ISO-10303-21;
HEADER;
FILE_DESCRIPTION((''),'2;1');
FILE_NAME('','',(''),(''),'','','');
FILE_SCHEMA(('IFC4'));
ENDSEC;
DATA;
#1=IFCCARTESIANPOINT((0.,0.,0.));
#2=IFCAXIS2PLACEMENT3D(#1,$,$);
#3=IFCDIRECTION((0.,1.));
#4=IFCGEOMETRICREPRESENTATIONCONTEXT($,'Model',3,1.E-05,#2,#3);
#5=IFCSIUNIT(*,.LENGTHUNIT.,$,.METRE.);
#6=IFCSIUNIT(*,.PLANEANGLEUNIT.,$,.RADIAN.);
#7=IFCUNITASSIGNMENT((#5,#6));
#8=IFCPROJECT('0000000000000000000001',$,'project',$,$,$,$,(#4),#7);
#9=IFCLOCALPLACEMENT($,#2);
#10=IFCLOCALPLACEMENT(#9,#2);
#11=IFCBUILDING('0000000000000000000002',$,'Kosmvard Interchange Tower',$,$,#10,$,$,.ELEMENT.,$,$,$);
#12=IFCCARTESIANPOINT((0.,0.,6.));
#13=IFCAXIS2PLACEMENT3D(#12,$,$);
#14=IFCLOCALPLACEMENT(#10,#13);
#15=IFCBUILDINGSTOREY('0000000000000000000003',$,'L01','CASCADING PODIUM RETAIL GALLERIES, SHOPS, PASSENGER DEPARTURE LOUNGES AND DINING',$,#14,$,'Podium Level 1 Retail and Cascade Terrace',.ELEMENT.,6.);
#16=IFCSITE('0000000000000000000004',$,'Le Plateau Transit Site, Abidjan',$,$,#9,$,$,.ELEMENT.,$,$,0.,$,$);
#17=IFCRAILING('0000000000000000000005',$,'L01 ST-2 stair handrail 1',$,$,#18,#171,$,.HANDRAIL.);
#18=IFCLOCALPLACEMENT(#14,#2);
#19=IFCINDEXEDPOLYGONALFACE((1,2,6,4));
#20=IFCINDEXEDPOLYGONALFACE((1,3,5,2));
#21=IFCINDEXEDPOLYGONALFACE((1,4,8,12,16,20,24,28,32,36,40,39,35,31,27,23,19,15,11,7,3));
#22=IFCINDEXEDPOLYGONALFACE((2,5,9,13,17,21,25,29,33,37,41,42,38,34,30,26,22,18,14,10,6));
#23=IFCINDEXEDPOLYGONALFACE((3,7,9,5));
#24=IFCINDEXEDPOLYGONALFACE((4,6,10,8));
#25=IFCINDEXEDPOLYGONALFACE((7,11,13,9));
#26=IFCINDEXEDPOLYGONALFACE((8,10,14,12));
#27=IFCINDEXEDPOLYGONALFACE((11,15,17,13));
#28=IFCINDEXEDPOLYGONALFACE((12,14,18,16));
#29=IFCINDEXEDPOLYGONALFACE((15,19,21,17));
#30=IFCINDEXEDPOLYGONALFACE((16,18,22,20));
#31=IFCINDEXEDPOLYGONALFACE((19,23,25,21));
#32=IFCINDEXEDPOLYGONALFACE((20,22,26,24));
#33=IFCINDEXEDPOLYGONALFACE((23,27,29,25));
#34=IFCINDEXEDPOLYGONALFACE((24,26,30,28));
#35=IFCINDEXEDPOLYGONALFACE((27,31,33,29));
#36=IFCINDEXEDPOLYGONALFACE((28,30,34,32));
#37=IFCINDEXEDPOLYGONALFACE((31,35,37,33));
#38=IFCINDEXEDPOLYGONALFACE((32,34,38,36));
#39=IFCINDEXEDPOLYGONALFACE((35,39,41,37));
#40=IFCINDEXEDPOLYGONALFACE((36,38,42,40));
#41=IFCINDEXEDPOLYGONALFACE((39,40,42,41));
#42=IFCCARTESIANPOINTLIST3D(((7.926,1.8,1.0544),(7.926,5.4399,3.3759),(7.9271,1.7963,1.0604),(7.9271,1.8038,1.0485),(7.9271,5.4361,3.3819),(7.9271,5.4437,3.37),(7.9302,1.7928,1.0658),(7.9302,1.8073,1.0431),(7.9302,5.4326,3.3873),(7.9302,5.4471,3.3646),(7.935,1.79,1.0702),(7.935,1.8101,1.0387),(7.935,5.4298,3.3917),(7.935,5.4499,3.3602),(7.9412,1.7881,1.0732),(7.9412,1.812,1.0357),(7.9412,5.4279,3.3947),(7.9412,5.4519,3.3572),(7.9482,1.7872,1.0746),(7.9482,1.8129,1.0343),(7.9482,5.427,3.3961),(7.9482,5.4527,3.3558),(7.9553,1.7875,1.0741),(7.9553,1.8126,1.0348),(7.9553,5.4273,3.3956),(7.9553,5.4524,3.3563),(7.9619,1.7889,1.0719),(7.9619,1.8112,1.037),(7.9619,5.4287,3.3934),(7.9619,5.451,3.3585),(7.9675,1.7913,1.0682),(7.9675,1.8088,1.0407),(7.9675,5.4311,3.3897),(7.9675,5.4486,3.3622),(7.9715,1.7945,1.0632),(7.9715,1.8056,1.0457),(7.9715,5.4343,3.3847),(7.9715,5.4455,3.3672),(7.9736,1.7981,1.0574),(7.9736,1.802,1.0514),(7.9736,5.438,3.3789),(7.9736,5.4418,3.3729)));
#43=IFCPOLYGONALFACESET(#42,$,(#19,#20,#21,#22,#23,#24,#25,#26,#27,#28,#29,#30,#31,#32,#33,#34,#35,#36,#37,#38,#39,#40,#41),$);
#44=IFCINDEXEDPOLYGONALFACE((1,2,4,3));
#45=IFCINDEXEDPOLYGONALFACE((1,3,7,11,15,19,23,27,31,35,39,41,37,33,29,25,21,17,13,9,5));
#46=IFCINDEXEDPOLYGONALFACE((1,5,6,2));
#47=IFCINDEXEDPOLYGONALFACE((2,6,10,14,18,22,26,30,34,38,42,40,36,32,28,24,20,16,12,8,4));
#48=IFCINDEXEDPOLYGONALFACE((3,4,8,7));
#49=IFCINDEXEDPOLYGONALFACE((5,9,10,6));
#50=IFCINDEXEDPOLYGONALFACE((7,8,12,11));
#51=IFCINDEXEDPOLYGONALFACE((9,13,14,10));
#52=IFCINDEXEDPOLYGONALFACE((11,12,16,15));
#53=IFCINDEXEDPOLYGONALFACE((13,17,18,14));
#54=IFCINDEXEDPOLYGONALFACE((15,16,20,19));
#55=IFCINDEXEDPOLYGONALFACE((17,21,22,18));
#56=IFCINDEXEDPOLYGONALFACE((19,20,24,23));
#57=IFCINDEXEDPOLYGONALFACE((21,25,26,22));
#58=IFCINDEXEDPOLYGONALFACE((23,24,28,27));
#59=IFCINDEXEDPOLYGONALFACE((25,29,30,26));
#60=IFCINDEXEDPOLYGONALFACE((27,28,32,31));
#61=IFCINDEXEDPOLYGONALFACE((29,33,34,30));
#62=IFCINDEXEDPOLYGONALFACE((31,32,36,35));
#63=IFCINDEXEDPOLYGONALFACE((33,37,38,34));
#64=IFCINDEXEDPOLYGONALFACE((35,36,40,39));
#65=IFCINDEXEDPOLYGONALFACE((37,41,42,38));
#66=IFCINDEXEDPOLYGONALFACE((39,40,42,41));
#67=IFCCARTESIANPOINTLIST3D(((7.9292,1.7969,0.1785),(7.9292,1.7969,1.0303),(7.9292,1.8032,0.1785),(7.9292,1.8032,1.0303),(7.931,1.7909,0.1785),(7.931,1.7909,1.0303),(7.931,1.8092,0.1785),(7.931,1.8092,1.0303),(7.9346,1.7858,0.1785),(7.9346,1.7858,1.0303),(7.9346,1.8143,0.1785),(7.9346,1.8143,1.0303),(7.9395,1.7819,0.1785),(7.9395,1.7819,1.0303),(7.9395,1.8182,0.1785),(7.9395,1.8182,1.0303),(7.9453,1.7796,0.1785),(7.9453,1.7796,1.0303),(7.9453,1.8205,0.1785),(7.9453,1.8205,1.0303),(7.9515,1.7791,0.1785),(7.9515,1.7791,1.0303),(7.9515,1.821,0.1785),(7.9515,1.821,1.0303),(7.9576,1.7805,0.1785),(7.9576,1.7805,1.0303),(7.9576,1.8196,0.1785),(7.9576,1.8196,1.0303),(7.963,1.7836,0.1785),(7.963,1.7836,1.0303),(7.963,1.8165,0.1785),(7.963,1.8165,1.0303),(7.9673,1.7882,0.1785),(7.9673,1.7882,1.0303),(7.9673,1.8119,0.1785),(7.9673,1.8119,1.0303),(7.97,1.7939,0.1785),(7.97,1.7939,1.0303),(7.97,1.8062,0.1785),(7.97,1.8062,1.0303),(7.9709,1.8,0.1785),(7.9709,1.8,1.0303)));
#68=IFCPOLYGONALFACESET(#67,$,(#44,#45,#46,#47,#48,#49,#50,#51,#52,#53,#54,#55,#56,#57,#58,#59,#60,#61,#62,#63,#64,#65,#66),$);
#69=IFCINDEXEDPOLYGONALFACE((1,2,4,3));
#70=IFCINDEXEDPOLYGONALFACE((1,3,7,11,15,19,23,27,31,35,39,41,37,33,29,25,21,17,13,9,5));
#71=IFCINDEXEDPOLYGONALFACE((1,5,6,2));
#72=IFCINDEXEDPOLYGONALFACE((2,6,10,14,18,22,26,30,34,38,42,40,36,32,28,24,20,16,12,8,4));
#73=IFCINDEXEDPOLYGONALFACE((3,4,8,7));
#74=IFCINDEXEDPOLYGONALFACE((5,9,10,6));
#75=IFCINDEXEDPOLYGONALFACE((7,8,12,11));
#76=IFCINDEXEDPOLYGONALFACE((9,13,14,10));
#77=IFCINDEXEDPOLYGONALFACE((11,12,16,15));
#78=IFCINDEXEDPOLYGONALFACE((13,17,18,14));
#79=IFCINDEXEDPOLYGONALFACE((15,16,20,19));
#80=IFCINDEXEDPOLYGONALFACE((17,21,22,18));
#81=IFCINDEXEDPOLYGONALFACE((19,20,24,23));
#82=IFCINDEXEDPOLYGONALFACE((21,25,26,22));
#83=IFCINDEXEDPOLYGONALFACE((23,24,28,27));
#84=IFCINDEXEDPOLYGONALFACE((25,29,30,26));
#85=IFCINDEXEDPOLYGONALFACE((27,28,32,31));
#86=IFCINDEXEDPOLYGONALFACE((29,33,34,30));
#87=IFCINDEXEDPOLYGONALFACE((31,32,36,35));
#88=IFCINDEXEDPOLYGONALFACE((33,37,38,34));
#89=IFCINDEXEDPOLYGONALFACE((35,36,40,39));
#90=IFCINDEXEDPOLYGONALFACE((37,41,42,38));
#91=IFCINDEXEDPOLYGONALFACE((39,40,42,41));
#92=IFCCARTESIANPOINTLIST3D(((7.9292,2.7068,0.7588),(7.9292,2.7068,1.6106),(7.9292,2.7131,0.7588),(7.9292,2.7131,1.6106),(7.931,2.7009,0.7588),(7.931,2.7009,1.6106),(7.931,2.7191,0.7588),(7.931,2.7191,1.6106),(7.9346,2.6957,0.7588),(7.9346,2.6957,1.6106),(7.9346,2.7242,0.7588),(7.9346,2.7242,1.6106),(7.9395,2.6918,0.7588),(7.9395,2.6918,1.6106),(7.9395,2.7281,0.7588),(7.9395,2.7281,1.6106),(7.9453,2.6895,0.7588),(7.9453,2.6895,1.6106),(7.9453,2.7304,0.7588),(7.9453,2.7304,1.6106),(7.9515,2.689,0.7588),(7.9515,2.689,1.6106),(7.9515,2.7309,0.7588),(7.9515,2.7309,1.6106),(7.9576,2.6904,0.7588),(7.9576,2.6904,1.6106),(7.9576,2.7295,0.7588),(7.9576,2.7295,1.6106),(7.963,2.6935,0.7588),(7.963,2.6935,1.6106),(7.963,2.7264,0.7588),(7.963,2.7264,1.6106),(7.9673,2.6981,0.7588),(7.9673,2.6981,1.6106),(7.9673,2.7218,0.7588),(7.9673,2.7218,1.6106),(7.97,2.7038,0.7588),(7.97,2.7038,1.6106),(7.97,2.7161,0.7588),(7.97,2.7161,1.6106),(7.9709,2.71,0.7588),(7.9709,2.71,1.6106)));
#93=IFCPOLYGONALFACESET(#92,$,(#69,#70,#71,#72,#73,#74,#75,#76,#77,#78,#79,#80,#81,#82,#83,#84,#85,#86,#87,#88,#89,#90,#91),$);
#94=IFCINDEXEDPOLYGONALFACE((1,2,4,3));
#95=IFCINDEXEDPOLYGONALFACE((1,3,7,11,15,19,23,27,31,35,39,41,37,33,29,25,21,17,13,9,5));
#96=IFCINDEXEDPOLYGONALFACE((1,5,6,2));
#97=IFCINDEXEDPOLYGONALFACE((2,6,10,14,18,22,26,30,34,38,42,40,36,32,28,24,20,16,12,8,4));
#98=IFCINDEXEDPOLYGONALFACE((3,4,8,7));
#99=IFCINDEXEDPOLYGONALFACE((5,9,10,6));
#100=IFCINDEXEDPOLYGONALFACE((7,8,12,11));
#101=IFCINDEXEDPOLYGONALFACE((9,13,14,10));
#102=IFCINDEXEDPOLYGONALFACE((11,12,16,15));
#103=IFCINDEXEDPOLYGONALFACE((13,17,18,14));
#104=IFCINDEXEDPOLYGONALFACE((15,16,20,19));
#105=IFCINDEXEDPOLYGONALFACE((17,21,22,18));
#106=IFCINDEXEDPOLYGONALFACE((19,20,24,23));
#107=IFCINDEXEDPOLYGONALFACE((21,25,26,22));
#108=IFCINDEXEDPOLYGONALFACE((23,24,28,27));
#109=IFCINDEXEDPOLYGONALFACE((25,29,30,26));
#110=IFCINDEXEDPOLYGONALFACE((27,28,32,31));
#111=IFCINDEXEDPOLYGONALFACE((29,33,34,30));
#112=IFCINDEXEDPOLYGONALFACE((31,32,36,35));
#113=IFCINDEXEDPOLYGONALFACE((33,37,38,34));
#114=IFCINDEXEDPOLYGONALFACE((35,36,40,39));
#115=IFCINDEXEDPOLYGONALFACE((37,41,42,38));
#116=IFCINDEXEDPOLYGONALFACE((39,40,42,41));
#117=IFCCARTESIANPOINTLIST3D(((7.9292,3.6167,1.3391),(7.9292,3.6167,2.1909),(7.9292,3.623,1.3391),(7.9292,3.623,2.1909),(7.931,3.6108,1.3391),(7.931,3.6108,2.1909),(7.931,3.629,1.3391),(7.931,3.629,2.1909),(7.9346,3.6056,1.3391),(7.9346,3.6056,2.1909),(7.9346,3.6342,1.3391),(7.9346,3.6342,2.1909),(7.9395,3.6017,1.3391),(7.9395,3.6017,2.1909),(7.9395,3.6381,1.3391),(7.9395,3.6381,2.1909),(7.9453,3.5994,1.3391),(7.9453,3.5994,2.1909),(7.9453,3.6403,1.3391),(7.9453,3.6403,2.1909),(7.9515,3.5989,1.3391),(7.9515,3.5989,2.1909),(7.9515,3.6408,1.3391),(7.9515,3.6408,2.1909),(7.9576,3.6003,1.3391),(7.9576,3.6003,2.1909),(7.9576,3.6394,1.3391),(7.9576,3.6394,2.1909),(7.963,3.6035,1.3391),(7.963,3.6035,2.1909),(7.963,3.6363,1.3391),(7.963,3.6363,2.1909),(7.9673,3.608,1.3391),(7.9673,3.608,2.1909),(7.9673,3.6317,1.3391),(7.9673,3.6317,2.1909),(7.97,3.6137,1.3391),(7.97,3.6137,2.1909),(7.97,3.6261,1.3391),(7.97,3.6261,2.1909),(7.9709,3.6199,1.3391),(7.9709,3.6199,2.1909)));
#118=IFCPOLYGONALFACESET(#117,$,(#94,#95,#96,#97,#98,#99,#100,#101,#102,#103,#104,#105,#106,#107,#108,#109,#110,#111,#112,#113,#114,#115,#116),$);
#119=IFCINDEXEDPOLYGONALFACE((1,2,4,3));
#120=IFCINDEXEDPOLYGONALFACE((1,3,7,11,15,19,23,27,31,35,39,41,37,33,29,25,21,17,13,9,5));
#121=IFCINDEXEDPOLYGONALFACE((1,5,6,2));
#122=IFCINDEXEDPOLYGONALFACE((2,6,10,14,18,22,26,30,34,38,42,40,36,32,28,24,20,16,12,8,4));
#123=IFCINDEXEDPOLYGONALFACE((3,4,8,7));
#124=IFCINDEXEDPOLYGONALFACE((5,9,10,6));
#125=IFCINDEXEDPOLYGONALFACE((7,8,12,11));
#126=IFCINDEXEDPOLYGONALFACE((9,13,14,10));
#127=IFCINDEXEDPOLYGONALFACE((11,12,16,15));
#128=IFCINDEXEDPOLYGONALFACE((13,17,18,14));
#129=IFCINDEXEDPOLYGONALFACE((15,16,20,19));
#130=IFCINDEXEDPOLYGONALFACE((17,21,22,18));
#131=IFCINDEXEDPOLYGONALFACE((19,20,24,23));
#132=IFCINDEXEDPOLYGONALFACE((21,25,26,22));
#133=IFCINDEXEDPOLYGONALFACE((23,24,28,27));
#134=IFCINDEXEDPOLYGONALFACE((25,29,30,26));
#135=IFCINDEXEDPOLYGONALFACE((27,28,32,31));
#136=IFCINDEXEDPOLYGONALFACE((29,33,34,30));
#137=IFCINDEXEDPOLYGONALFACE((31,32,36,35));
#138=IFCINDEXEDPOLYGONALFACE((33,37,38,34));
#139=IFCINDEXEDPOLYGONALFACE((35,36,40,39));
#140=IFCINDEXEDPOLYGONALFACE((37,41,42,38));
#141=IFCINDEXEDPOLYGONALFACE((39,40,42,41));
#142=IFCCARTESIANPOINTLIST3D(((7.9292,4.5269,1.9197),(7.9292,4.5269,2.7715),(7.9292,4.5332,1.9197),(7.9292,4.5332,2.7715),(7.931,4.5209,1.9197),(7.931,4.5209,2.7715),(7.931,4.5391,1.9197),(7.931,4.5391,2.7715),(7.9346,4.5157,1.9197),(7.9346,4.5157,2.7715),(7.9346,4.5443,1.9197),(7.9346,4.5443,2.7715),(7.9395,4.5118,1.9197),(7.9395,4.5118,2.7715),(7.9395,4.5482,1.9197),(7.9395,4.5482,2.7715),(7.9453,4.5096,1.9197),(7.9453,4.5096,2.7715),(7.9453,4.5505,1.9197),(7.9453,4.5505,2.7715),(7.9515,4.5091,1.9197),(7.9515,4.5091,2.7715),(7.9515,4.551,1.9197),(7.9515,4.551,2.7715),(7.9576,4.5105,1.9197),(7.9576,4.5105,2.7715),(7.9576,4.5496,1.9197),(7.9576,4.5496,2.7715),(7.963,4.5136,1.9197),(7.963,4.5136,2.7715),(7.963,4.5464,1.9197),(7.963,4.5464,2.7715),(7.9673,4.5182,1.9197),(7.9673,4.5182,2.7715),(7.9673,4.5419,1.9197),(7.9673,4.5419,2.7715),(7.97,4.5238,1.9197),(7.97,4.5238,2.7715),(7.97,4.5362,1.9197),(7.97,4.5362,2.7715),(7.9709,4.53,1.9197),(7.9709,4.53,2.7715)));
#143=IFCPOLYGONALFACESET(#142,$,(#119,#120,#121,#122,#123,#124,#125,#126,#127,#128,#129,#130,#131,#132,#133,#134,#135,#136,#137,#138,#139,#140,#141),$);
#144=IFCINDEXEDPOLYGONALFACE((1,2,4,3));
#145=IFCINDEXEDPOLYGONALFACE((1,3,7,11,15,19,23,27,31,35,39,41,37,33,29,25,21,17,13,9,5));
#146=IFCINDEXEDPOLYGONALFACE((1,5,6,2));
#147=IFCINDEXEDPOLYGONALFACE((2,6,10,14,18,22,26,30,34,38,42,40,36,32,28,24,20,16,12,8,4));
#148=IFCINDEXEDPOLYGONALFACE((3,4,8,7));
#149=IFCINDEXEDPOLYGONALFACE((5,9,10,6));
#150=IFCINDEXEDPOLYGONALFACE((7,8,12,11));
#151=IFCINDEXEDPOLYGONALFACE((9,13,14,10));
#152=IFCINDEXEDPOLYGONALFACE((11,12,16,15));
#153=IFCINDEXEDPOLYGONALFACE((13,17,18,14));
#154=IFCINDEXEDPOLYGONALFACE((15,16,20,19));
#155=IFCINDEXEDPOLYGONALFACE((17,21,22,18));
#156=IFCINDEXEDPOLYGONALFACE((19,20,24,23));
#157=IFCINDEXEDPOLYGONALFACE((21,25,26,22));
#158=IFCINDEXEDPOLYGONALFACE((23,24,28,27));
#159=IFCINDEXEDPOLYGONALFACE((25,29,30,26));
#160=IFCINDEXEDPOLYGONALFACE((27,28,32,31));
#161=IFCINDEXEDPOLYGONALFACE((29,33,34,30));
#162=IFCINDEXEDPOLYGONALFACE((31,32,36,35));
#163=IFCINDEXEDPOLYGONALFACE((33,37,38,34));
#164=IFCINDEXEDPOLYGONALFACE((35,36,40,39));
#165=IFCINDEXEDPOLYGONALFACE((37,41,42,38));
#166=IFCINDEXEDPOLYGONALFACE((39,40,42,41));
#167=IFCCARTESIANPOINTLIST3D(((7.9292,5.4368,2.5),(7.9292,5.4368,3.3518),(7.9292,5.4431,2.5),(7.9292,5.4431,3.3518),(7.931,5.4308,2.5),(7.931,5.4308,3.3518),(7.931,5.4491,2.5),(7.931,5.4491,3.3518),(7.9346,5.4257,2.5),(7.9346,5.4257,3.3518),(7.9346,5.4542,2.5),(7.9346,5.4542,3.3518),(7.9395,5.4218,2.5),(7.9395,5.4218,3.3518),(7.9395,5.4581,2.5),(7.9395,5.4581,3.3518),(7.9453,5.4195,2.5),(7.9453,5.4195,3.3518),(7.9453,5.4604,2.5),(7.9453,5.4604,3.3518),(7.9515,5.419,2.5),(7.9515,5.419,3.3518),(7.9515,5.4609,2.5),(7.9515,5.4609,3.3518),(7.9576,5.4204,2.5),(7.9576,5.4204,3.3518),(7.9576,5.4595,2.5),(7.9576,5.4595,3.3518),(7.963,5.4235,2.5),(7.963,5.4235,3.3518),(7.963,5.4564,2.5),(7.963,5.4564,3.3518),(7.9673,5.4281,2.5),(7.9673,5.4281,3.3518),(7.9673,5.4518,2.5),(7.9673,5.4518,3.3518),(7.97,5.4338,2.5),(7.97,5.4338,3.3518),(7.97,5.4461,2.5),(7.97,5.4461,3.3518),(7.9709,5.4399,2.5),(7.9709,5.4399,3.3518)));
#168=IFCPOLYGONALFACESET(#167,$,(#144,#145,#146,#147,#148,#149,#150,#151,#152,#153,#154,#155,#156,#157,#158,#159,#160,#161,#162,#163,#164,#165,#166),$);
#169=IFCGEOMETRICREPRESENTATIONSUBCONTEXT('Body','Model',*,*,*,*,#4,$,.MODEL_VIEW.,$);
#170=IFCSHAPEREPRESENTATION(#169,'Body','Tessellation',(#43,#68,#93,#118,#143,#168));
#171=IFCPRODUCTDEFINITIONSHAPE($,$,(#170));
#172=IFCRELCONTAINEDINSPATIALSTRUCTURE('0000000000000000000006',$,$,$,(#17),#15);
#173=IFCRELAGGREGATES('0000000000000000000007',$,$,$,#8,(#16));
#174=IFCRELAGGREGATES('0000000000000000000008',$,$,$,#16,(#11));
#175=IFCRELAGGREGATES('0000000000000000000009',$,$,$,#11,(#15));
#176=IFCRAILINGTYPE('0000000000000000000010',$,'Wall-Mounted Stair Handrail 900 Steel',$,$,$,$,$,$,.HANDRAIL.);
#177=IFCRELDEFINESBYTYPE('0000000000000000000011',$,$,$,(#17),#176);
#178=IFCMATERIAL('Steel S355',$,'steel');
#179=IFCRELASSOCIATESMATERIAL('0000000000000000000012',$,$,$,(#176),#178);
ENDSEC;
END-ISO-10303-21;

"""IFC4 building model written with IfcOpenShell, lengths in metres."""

from ifc_helpers import new_model, si_unit, direction, frame, origin, origin_2d, place, context, subcontext, project, spatial, circle, extrude, source, transform, mapped, material, type_object, element, save


model = new_model("IFC4")

# Units and contexts
model_context = context("Model", 3, precision=1e-05, world=origin(), true_north=direction((0.0, 1.0)))
body_context = subcontext(model_context, "Body", "Model", "MODEL_VIEW")
ifc_project = project(units=[si_unit("LENGTHUNIT", "METRE"), si_unit("PLANEANGLEUNIT", "RADIAN")], contexts=[model_context])

# Site, building, storey
site_placement = place(None, origin())
site = spatial("IfcSite", under=ifc_project, at=site_placement, Name="Le Plateau Transit Site, Abidjan", CompositionType="ELEMENT", RefElevation=0.0)
building_placement = place(site_placement, origin())
building = spatial("IfcBuilding", under=site, at=building_placement, Name="Kosmvard Interchange Tower", CompositionType="ELEMENT")
storey_placement = place(building_placement, frame((0.0, 0.0, 6.0)))
storey = spatial("IfcBuildingStorey", under=building, at=storey_placement, Name="L01", Description="CASCADING PODIUM RETAIL GALLERIES, SHOPS, PASSENGER DEPARTURE LOUNGES AND DINING", LongName="Podium Level 1 Retail and Cascade Terrace", CompositionType="ELEMENT", Elevation=6.0)

# Shared definitions
ifc_material_1 = material(Name="Steel S355", Category="steel")

# Railing
railing_type_1 = type_object("IfcRailingType", Name="Wall-Mounted Stair Handrail 900 Steel", PredefinedType="HANDRAIL", material=ifc_material_1)
shared_shape_1 = source(origin(), body_context, "Body", "SweptSolid", [
    extrude(circle(Radius=0.0239, at=origin_2d()), frame((0.0, 0.0, 0.876), z_axis=(0.0, 0.843112, 0.537739), x_axis=(-1.0, 0.0, 0.0)), (0.0, 0.0, 1.0), 4.3171),
    extrude(circle(Radius=0.021, at=origin_2d()), origin(), (0.0, 0.0, 1.0), 0.8518),
    extrude(circle(Radius=0.021, at=origin_2d()), frame((0.0, 0.9099, 0.5803)), (0.0, 0.0, 1.0), 0.8518),
    extrude(circle(Radius=0.021, at=origin_2d()), frame((0.0, 1.8198, 1.1606)), (0.0, 0.0, 1.0), 0.8518),
    extrude(circle(Radius=0.021, at=origin_2d()), frame((0.0, 2.73, 1.7412)), (0.0, 0.0, 1.0), 0.8518),
    extrude(circle(Radius=0.021, at=origin_2d()), frame((0.0, 3.6399, 2.3215)), (0.0, 0.0, 1.0), 0.8518),
])
railing_1_placement = place(storey_placement, frame((7.95, 1.8, 0.1785)))
element("IfcRailing", 1, at=railing_1_placement, inside=storey, type_object=railing_type_1, Name="L01 ST-2 stair handrail 1", PredefinedType="HANDRAIL", context=body_context, shape_type="MappedRepresentation", body=[
    mapped(shared_shape_1, transform((0.0, 0.0, 0.0), scale=1.0)),
])

save(model, "model.ifc")
